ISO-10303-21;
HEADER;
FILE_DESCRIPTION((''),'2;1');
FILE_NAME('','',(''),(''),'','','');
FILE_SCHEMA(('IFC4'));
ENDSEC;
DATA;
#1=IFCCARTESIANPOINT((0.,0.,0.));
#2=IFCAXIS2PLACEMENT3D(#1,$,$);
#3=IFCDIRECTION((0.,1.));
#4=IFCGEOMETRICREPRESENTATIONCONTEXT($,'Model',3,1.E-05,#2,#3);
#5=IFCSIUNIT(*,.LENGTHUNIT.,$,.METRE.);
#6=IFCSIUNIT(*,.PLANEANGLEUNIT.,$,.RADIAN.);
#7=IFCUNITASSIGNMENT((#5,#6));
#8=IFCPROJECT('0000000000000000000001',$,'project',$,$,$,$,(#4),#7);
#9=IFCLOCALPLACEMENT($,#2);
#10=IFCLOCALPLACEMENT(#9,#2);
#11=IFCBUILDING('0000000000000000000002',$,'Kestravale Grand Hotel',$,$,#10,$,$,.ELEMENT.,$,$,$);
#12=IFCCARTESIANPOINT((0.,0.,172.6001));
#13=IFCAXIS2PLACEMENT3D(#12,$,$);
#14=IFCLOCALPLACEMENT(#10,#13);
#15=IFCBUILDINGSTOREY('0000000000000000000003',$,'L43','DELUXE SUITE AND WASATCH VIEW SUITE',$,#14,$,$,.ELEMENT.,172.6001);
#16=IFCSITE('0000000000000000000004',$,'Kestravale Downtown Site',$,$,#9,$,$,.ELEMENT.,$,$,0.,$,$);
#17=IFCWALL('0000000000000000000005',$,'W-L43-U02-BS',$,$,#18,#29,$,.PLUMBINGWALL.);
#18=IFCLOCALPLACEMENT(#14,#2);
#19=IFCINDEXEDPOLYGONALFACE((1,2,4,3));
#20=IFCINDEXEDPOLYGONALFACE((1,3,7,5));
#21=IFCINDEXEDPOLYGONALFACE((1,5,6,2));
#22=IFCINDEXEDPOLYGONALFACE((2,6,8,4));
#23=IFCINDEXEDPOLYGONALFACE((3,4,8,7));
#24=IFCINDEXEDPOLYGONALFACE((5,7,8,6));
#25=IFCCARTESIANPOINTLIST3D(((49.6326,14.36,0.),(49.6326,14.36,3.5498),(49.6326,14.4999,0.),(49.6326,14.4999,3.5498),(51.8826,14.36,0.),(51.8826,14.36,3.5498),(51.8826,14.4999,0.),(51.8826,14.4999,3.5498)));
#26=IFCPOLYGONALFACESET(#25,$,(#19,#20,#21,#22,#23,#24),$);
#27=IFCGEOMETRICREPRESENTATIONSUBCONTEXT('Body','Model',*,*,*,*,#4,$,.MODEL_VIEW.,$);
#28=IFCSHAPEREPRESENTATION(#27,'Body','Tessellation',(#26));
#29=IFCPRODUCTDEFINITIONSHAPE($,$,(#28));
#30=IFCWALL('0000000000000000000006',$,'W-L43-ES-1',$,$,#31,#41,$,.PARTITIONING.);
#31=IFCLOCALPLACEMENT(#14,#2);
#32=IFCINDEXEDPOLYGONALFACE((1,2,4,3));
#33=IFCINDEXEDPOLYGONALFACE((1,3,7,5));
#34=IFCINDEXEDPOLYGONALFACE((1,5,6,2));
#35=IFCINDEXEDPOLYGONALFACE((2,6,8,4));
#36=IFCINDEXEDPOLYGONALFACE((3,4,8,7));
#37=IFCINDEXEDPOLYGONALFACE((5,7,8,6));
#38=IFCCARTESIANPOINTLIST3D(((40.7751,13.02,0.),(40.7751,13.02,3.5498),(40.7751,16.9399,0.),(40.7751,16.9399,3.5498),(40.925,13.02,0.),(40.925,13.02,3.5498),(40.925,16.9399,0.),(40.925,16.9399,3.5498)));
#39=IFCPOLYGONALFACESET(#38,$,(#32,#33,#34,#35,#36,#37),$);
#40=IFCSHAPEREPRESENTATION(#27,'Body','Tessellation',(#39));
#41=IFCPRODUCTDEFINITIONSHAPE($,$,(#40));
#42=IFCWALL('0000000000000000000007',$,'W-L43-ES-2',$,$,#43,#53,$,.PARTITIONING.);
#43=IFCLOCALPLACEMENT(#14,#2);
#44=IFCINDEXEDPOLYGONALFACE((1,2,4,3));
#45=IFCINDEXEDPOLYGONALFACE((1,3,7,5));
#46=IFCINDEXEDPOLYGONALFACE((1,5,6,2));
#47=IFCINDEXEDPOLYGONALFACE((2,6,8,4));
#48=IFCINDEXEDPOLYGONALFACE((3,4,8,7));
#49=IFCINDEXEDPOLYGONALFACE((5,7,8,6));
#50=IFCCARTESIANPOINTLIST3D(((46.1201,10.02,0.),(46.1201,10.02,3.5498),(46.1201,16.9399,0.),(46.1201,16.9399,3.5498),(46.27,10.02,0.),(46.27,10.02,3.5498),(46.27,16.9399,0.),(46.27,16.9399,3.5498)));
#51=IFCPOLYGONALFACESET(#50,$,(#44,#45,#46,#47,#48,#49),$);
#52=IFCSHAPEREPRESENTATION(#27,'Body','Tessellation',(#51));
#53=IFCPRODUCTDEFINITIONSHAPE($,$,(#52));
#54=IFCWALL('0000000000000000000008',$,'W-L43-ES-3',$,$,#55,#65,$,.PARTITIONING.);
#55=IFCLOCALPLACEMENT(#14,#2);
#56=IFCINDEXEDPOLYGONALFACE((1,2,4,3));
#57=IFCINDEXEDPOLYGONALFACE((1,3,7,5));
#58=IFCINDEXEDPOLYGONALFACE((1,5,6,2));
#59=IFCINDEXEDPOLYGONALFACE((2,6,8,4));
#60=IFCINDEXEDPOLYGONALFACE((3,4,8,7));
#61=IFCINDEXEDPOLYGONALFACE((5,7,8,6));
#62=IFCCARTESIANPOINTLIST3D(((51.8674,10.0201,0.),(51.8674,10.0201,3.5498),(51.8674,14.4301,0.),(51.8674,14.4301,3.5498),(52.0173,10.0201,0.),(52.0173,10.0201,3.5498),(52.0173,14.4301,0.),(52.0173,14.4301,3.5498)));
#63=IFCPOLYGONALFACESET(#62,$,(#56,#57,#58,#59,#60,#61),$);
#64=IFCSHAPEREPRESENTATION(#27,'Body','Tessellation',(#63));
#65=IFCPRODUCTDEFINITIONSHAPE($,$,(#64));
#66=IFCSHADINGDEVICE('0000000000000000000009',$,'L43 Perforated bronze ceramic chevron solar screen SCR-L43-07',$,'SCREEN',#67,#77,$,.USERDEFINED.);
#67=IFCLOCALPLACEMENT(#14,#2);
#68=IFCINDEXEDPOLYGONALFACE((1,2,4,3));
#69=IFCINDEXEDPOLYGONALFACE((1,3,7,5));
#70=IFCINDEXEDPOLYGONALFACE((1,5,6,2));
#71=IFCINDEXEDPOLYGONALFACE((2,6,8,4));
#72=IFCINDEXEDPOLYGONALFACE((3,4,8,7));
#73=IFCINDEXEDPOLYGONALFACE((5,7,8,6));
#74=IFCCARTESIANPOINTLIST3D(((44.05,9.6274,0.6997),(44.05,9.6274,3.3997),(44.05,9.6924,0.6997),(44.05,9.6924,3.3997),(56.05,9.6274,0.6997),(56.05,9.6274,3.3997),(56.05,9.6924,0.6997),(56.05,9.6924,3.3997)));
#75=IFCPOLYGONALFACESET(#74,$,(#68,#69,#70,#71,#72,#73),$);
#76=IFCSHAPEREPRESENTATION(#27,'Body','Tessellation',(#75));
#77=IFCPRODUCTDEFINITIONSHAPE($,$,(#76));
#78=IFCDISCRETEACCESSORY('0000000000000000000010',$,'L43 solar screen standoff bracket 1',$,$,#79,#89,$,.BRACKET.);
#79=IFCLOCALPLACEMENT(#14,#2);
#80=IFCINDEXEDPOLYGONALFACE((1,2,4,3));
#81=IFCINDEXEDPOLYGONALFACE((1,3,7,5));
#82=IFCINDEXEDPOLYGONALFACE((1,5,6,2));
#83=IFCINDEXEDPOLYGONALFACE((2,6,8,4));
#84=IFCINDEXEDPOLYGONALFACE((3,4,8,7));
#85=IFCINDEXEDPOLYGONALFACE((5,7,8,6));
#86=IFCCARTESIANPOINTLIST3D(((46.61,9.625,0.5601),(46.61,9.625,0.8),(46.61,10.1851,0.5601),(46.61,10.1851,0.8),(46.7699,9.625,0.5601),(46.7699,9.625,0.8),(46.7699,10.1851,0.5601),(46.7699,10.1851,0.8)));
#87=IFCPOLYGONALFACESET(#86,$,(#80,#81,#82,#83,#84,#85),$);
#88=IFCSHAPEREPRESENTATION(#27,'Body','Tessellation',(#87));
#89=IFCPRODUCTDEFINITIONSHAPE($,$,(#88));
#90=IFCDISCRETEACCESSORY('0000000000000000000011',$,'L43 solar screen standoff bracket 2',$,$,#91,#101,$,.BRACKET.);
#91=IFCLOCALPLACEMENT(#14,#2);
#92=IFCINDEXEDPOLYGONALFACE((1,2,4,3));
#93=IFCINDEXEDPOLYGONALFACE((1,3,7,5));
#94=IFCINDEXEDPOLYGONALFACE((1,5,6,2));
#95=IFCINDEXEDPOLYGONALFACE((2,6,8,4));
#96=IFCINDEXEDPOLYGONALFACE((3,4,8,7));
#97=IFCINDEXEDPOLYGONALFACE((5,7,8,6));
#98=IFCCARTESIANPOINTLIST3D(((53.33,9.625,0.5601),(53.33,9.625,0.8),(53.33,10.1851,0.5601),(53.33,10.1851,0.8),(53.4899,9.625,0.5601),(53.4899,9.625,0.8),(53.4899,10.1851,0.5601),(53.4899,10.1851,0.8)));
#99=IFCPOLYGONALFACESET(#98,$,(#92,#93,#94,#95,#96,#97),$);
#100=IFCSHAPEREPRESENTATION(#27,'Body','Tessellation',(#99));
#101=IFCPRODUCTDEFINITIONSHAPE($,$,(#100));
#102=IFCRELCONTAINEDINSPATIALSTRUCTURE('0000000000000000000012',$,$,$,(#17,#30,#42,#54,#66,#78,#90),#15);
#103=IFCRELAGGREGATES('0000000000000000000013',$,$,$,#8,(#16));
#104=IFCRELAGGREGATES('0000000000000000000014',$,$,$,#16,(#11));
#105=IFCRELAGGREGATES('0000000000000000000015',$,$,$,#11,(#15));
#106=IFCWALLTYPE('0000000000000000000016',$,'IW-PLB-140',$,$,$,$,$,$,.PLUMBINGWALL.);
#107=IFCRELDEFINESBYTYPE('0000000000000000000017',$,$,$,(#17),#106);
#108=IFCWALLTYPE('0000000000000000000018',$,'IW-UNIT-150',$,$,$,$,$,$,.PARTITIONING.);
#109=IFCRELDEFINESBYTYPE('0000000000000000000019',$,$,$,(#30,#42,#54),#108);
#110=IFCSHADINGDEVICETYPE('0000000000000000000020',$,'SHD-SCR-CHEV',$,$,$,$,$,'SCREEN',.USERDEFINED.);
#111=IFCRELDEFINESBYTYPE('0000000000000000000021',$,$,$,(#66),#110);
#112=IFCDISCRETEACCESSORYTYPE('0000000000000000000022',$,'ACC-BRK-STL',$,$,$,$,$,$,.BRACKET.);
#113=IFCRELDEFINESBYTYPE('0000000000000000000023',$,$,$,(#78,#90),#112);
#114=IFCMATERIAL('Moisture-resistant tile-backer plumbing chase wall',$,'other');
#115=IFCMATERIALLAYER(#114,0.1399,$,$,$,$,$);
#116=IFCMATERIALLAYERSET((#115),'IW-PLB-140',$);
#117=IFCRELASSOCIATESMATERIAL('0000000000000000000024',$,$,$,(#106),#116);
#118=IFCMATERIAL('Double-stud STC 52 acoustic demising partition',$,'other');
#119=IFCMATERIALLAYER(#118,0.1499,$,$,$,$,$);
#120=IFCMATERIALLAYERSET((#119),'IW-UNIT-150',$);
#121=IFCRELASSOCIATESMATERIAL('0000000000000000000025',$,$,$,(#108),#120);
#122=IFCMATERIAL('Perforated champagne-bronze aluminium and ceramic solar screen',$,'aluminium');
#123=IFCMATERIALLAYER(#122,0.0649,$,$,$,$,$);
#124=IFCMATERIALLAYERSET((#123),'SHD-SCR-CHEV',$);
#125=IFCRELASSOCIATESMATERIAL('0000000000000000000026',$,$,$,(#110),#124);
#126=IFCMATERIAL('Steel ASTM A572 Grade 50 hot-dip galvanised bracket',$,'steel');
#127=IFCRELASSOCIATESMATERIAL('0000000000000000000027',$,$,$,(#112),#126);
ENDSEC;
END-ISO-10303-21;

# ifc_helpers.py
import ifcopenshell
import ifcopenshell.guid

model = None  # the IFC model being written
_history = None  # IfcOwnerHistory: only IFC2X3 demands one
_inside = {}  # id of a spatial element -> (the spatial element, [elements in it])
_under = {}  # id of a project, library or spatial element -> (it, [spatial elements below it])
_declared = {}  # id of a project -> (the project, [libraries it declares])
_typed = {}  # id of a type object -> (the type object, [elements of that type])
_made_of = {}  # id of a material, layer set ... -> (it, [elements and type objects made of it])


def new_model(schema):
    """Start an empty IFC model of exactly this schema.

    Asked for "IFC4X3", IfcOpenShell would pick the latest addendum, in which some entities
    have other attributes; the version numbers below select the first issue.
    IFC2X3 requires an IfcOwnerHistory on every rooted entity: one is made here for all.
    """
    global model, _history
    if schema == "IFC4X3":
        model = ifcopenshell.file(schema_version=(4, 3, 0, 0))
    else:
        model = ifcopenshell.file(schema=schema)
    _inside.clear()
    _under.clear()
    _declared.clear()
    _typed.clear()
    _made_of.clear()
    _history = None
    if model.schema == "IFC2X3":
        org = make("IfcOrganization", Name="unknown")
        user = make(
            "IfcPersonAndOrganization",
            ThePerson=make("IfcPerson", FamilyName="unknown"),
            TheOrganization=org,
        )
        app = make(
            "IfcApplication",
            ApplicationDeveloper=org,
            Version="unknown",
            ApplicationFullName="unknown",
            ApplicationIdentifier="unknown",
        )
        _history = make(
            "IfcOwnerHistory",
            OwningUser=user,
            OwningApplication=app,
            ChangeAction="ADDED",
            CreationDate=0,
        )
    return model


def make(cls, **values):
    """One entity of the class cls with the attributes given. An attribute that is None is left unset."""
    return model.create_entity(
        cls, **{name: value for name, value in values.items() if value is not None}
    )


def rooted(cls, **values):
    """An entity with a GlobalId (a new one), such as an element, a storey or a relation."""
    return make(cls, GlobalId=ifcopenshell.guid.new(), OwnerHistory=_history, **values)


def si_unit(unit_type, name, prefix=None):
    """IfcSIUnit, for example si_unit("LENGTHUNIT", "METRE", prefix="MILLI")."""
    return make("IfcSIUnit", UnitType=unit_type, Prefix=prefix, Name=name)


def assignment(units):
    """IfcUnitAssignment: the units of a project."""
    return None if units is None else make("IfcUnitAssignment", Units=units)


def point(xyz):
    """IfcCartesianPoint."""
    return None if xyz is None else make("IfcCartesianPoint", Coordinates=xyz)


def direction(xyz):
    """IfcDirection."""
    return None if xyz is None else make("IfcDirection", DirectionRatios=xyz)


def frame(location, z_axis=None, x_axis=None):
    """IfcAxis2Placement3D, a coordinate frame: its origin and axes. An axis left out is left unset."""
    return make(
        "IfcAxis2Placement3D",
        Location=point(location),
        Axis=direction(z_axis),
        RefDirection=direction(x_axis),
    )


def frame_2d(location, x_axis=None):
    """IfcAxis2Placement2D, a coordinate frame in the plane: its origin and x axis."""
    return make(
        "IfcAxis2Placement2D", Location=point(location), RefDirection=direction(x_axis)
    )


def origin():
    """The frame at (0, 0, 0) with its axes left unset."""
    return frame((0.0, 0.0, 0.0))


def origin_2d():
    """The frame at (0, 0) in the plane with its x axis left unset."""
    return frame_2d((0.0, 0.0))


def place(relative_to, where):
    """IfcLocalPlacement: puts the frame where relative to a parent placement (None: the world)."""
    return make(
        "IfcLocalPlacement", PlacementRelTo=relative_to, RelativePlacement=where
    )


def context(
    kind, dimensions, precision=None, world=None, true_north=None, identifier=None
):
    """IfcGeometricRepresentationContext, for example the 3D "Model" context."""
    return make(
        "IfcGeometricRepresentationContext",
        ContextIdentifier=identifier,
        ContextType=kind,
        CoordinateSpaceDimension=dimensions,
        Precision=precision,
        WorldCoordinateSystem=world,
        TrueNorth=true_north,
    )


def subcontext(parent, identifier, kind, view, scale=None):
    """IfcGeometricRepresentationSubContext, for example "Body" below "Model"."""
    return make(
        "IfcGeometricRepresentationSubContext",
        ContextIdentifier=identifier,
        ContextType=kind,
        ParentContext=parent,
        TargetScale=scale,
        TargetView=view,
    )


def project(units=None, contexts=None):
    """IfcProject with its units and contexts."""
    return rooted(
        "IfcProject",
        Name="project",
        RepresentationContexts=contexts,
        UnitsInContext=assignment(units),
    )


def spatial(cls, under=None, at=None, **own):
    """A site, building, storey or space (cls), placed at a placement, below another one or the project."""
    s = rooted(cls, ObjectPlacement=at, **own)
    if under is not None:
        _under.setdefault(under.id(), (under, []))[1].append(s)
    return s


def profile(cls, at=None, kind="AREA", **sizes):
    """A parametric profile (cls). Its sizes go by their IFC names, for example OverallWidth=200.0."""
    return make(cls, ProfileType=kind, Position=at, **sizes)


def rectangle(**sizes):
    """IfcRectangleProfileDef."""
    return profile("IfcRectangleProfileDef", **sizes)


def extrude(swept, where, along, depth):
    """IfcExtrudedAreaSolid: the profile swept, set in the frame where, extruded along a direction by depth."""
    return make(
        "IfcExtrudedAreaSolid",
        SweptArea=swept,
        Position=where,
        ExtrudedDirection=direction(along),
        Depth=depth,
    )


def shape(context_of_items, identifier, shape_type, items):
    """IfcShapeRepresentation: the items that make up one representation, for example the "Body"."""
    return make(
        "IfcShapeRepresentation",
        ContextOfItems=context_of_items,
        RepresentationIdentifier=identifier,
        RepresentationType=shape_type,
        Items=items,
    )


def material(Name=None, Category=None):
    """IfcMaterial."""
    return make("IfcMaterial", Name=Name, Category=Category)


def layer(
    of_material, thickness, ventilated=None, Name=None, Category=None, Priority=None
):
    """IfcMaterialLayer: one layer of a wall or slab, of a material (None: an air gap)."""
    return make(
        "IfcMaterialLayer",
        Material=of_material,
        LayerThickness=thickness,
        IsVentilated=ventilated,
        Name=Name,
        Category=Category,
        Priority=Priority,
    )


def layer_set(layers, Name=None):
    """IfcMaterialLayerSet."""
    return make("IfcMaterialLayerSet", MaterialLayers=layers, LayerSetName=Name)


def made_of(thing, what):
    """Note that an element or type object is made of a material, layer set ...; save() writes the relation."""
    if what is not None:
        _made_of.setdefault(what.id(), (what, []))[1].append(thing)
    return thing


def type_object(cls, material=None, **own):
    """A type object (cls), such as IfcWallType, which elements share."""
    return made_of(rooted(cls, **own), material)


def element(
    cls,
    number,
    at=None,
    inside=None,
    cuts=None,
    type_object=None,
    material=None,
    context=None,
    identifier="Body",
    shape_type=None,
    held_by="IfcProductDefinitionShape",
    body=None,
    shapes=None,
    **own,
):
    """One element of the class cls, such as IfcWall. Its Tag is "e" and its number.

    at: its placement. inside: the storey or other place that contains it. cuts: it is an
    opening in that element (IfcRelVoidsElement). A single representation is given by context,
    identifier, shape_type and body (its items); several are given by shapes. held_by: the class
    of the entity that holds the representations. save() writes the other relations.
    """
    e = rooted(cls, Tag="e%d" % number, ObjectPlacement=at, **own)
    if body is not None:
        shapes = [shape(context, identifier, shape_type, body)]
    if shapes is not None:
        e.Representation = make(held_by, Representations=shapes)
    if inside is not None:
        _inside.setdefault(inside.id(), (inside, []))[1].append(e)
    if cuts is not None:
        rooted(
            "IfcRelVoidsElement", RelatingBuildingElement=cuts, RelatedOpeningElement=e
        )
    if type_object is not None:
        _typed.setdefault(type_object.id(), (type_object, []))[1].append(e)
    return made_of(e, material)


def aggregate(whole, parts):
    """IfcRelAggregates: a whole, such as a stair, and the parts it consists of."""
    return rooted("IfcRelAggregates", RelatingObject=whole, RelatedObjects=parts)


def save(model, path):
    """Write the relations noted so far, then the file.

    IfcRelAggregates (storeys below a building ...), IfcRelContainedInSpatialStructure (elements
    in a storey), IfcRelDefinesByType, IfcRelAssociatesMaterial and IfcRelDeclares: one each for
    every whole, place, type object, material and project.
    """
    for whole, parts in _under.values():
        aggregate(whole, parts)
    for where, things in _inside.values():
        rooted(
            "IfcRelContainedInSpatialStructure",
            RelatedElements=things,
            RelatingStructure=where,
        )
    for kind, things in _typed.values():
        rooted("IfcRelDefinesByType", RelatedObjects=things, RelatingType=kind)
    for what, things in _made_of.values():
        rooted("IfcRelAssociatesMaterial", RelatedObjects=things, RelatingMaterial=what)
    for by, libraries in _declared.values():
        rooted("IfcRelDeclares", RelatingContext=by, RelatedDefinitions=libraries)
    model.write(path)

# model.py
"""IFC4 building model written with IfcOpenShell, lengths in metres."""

from ifc_helpers import new_model, si_unit, direction, frame, frame_2d, origin, origin_2d, place, context, subcontext, project, spatial, rectangle, extrude, material, layer, layer_set, type_object, element, save


model = new_model("IFC4")

# Units and contexts
model_context = context("Model", 3, precision=1e-05, world=origin(), true_north=direction((0.0, 1.0)))
body_context = subcontext(model_context, "Body", "Model", "MODEL_VIEW")
ifc_project = project(units=[si_unit("LENGTHUNIT", "METRE"), si_unit("PLANEANGLEUNIT", "RADIAN")], contexts=[model_context])

# Site, building, storey
site_placement = place(None, origin())
site = spatial("IfcSite", under=ifc_project, at=site_placement, Name="Kestravale Downtown Site", CompositionType="ELEMENT", RefElevation=0.0)
building_placement = place(site_placement, origin())
building = spatial("IfcBuilding", under=site, at=building_placement, Name="Kestravale Grand Hotel", CompositionType="ELEMENT")
storey_placement = place(building_placement, frame((0.0, 0.0, 172.6001)))
storey = spatial("IfcBuildingStorey", under=building, at=storey_placement, Name="L43", Description="DELUXE SUITE AND WASATCH VIEW SUITE", CompositionType="ELEMENT", Elevation=172.6001)

# Shared definitions
ifc_material_1 = material(Name="Moisture-resistant tile-backer plumbing chase wall", Category="other")
ifc_layer_1 = layer(ifc_material_1, 0.1399)
ifc_layer_set_1 = layer_set([ifc_layer_1], Name="IW-PLB-140")
wall_type_1 = type_object("IfcWallType", Name="IW-PLB-140", PredefinedType="PLUMBINGWALL", material=ifc_layer_set_1)

# Walls
wall_1_placement = place(storey_placement, frame((49.6326, 14.4299, 0.0), z_axis=(0.0, 0.0, 1.0), x_axis=(1.0, 0.0, 0.0)))
element("IfcWall", 1, at=wall_1_placement, inside=storey, type_object=wall_type_1, Name="W-L43-U02-BS", PredefinedType="PLUMBINGWALL", context=body_context, shape_type="SweptSolid", body=[
    extrude(rectangle(XDim=2.25, YDim=0.1399, at=frame_2d((1.125, 0.0))), origin(), (0.0, 0.0, 1.0), 3.5498),
])
ifc_material_2 = material(Name="Double-stud STC 52 acoustic demising partition", Category="other")
ifc_layer_2 = layer(ifc_material_2, 0.1499)
ifc_layer_set_2 = layer_set([ifc_layer_2], Name="IW-UNIT-150")
wall_type_2 = type_object("IfcWallType", Name="IW-UNIT-150", PredefinedType="PARTITIONING", material=ifc_layer_set_2)
wall_2_placement = place(storey_placement, frame((40.8501, 13.02, 0.0), z_axis=(0.0, 0.0, 1.0), x_axis=(0.0, 1.0, 0.0)))
element("IfcWall", 2, at=wall_2_placement, inside=storey, type_object=wall_type_2, Name="W-L43-ES-1", PredefinedType="PARTITIONING", context=body_context, shape_type="SweptSolid", body=[
    extrude(rectangle(XDim=3.9199, YDim=0.1499, at=frame_2d((1.96, 0.0))), origin(), (0.0, 0.0, 1.0), 3.5498),
])
wall_3_placement = place(storey_placement, frame((46.1951, 10.02, 0.0), z_axis=(0.0, 0.0, 1.0), x_axis=(0.0, 1.0, 0.0)))
element("IfcWall", 3, at=wall_3_placement, inside=storey, type_object=wall_type_2, Name="W-L43-ES-2", PredefinedType="PARTITIONING", context=body_context, shape_type="SweptSolid", body=[
    extrude(rectangle(XDim=6.9199, YDim=0.1499, at=frame_2d((3.46, 0.0))), origin(), (0.0, 0.0, 1.0), 3.5498),
])
wall_4_placement = place(storey_placement, frame((51.9424, 10.02, 0.0), z_axis=(0.0, 0.0, 1.0), x_axis=(0.0, 1.0, 0.0)))
element("IfcWall", 4, at=wall_4_placement, inside=storey, type_object=wall_type_2, Name="W-L43-ES-3", PredefinedType="PARTITIONING", context=body_context, shape_type="SweptSolid", body=[
    extrude(rectangle(XDim=4.4099, YDim=0.1499, at=frame_2d((2.2051, 0.0))), origin(), (0.0, 0.0, 1.0), 3.5498),
])

# Shading device
ifc_material_3 = material(Name="Perforated champagne-bronze aluminium and ceramic solar screen", Category="aluminium")
ifc_layer_3 = layer(ifc_material_3, 0.0649)
ifc_layer_set_3 = layer_set([ifc_layer_3], Name="SHD-SCR-CHEV")
shading_device_type = type_object("IfcShadingDeviceType", Name="SHD-SCR-CHEV", ElementType="SCREEN", PredefinedType="USERDEFINED", material=ifc_layer_set_3)
shading_device_placement = place(storey_placement, frame((50.05, 9.6599, 0.6997), z_axis=(0.0, 0.0, 1.0), x_axis=(1.0, 0.0, 0.0)))
element("IfcShadingDevice", 5, at=shading_device_placement, inside=storey, type_object=shading_device_type, Name="L43 Perforated bronze ceramic chevron solar screen SCR-L43-07", ObjectType="SCREEN", PredefinedType="USERDEFINED", context=body_context, shape_type="SweptSolid", body=[
    extrude(rectangle(XDim=12.0, YDim=0.0649, at=origin_2d()), origin(), (0.0, 0.0, 1.0), 2.7),
])

# Discrete accessories
ifc_material_4 = material(Name="Steel ASTM A572 Grade 50 hot-dip galvanised bracket", Category="steel")
discrete_accessory_type = type_object("IfcDiscreteAccessoryType", Name="ACC-BRK-STL", PredefinedType="BRACKET", material=ifc_material_4)
for number, where, z_axis, x_axis, name in (
    (6, (46.6899, 9.905, 0.5601), (0.0, 0.0, 1.0), (1.0, 0.0, 0.0), "L43 solar screen standoff bracket 1"),
    (7, (53.4099, 9.905, 0.5601), (0.0, 0.0, 1.0), (1.0, 0.0, 0.0), "L43 solar screen standoff bracket 2"),
):
    element("IfcDiscreteAccessory", number, at=place(storey_placement, frame(where, z_axis=z_axis, x_axis=x_axis)), inside=storey, type_object=discrete_accessory_type, Name=name, PredefinedType="BRACKET", context=body_context, shape_type="SweptSolid", body=[
        extrude(rectangle(XDim=0.1599, YDim=0.5601, at=origin_2d()), origin(), (0.0, 0.0, 1.0), 0.24),
    ])

save(model, "model.ifc")
